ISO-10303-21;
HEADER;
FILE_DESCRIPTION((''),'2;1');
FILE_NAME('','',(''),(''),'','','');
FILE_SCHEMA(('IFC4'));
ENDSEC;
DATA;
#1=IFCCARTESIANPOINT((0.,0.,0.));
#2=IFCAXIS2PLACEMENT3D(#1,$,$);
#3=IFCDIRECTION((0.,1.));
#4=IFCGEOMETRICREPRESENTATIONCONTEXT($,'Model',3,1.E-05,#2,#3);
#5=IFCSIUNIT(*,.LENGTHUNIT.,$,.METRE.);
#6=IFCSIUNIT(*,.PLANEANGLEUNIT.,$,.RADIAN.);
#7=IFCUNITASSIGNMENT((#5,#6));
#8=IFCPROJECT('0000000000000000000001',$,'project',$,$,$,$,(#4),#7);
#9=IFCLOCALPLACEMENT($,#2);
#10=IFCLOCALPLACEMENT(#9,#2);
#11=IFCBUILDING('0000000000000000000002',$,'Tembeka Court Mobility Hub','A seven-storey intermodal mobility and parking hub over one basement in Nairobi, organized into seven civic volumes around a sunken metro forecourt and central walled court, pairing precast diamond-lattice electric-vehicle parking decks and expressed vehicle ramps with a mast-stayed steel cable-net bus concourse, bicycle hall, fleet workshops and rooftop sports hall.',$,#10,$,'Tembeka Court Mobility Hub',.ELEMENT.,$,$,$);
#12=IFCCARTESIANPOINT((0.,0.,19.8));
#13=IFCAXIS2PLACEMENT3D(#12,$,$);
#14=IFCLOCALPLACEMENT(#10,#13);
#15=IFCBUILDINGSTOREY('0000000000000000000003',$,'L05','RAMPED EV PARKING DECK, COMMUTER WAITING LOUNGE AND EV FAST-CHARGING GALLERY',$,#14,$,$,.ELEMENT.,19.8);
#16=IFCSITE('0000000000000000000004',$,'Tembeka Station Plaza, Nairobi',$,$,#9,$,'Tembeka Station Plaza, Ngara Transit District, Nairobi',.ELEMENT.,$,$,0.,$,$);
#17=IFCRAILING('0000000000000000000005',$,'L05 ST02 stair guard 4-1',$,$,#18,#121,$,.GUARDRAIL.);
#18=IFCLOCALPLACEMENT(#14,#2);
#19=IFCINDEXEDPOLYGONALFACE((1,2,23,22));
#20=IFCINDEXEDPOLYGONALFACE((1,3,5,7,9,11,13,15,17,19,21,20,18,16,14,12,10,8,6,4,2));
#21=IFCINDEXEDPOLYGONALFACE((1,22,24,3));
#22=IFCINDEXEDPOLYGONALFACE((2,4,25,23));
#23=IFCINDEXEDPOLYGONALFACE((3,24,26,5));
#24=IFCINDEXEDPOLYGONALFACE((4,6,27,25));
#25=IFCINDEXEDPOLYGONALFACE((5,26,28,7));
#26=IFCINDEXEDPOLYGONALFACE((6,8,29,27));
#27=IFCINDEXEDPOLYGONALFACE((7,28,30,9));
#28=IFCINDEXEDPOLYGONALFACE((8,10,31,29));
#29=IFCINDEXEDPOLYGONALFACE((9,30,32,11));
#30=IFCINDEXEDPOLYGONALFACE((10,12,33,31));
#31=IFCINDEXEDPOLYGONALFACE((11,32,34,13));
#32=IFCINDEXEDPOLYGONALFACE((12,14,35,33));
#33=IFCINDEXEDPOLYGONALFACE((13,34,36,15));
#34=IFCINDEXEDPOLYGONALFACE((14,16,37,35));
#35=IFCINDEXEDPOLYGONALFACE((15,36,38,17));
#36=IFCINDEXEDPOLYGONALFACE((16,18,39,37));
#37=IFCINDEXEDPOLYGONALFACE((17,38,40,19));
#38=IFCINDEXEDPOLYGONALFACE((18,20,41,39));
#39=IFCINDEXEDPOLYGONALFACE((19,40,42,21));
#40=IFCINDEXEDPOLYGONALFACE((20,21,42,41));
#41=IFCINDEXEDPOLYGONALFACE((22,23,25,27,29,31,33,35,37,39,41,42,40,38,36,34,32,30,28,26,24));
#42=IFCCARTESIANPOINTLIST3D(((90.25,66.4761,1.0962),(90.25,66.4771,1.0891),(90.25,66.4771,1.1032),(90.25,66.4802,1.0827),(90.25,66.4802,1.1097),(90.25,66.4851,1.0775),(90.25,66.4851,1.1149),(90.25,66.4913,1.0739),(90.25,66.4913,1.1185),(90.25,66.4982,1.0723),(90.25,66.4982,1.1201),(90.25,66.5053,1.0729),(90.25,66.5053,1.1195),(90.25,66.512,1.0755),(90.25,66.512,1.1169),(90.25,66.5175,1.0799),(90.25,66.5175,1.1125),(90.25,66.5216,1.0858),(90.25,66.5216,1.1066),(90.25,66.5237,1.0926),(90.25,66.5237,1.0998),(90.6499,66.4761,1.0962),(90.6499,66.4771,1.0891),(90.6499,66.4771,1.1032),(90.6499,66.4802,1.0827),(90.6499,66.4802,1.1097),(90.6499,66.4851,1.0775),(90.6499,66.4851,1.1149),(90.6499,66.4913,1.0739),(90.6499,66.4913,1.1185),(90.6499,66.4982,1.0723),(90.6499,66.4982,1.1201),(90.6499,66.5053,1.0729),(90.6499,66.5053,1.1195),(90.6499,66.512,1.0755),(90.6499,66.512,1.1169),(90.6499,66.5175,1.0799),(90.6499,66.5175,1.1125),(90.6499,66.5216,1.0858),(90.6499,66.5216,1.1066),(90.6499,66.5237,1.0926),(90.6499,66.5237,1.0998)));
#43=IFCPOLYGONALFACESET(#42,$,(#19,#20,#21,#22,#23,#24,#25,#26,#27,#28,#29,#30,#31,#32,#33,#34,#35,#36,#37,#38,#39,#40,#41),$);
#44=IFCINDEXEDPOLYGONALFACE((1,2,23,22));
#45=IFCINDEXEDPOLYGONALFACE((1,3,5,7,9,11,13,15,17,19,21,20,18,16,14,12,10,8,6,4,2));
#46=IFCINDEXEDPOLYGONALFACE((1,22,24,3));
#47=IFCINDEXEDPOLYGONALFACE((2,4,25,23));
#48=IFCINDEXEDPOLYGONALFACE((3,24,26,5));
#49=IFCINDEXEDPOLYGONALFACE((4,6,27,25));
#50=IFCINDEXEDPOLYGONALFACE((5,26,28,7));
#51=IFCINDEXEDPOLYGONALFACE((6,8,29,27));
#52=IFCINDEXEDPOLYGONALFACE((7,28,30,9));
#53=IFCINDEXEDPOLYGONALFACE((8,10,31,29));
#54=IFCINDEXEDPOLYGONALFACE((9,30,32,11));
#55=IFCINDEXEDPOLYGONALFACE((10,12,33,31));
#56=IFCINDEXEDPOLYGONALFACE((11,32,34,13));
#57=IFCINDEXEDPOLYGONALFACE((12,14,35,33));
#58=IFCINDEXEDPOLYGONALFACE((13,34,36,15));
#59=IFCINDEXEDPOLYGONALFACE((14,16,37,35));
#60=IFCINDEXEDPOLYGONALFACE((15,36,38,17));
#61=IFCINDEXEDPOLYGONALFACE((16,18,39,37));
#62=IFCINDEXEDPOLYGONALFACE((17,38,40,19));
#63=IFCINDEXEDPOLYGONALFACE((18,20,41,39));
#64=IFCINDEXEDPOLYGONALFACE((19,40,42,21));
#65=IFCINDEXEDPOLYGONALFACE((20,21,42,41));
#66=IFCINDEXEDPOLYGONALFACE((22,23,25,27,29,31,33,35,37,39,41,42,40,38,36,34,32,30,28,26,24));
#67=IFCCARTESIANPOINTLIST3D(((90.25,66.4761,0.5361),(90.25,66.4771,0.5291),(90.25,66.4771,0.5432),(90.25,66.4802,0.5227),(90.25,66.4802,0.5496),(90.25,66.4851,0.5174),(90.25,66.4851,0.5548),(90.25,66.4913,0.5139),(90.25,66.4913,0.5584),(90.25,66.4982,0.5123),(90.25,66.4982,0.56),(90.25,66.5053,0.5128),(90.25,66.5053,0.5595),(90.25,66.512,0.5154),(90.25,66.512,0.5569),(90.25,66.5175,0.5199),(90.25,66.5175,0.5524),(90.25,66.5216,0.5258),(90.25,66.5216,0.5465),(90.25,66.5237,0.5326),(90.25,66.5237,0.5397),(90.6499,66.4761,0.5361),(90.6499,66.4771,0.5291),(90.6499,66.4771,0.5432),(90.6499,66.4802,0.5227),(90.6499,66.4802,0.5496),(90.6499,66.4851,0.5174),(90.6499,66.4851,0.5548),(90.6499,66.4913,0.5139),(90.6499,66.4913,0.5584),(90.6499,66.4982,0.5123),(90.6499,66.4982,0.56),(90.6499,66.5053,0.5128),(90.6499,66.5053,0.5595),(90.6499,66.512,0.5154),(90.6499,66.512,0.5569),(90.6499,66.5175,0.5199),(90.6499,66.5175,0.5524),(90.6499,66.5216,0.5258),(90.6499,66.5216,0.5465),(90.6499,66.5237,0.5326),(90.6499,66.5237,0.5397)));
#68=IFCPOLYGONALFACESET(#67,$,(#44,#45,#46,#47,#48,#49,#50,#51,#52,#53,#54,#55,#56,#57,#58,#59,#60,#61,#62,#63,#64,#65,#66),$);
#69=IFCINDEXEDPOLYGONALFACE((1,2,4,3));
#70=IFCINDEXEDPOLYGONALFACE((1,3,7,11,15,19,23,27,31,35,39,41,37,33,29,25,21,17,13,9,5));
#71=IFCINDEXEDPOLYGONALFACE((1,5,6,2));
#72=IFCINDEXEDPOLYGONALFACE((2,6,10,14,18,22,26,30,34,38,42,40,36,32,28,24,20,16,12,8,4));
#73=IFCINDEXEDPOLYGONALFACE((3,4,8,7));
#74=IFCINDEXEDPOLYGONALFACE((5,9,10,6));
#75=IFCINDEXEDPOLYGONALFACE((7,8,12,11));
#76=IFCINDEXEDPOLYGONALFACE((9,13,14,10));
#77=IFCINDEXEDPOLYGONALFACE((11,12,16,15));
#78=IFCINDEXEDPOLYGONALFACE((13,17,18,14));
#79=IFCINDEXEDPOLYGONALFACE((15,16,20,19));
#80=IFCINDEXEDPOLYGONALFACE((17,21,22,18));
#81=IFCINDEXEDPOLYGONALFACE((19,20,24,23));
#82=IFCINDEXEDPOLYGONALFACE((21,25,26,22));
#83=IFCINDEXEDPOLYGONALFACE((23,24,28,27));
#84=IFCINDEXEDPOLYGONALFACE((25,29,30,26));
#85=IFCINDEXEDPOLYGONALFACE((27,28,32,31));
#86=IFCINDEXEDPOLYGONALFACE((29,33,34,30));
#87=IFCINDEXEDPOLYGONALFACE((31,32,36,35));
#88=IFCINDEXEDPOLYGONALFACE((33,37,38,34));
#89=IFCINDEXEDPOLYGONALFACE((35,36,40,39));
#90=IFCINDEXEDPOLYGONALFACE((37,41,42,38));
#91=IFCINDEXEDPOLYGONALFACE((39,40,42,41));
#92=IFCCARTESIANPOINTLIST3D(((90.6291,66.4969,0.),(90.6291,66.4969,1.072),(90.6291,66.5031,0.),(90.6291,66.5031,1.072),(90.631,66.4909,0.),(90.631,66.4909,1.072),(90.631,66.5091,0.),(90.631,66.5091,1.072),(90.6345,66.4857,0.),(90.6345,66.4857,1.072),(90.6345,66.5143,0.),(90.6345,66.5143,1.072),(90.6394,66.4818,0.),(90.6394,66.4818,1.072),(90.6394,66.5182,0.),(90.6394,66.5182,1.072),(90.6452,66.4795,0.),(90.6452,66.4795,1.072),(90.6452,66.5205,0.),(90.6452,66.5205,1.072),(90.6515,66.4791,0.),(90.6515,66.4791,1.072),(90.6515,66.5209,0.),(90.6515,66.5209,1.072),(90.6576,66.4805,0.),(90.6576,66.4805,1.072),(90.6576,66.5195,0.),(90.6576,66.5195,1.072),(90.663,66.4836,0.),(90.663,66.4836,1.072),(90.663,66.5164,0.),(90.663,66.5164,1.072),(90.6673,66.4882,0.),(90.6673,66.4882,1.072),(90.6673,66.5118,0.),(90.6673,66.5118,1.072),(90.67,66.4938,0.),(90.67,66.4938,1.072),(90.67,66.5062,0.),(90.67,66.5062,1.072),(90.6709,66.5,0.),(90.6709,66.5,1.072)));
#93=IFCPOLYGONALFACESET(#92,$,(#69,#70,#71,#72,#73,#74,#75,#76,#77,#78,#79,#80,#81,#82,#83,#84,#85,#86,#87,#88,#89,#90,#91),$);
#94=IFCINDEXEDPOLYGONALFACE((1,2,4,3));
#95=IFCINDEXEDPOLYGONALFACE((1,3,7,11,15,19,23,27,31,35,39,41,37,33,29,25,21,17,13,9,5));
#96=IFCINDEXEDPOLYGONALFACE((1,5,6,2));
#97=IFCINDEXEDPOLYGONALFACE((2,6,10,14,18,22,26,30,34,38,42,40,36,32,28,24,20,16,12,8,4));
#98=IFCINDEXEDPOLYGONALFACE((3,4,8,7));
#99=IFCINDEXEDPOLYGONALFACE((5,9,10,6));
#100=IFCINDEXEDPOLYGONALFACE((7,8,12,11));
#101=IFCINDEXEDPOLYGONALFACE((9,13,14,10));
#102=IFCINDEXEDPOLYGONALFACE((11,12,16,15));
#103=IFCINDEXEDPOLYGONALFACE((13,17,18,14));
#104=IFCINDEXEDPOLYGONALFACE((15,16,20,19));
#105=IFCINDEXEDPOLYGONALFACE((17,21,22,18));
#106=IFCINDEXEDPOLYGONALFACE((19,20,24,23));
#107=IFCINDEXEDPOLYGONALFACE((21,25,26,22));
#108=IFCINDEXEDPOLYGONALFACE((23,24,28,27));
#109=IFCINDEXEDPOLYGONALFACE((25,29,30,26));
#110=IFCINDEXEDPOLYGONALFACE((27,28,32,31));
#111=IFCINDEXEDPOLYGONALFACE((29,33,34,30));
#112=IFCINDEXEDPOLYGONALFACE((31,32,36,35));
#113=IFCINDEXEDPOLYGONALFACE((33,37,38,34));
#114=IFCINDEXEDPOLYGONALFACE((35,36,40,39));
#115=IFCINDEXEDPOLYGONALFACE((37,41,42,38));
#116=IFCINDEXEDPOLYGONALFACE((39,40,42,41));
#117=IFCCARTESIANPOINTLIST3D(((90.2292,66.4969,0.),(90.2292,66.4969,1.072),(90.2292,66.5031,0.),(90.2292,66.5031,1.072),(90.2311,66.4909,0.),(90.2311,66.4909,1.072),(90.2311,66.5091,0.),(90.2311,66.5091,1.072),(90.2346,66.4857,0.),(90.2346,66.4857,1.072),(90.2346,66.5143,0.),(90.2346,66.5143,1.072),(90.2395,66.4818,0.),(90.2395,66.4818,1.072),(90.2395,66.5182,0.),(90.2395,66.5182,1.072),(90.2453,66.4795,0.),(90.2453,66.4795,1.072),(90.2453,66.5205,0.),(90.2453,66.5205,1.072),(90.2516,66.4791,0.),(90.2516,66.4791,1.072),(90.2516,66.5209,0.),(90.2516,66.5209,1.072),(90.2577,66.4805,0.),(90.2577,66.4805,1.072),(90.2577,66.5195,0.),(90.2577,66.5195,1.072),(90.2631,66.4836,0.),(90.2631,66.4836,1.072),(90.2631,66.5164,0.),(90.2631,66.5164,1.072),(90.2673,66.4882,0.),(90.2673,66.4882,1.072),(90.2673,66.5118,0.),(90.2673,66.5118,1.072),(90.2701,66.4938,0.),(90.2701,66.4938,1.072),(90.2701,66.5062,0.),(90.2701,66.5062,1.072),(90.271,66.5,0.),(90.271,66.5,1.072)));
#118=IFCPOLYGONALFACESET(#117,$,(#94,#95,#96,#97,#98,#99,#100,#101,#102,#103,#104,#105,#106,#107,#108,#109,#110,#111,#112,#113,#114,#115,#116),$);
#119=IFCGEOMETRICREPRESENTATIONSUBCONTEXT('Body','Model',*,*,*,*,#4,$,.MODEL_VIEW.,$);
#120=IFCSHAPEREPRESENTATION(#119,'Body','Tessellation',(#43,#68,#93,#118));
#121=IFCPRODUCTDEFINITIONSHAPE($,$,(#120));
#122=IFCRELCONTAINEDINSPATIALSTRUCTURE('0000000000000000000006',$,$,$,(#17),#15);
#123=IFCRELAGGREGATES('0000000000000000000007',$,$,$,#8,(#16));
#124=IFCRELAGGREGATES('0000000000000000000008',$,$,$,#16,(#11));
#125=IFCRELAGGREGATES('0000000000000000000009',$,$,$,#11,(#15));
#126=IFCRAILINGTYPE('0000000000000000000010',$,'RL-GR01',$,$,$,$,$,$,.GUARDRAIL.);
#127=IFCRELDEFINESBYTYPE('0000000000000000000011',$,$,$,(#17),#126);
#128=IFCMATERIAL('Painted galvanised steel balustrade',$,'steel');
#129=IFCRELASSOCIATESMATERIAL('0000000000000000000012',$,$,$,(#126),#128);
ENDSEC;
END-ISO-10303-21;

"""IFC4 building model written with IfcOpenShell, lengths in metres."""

from ifc_helpers import new_model, si_unit, direction, frame, origin, origin_2d, place, context, subcontext, project, spatial, circle, extrude, material, type_object, element, save


model = new_model("IFC4")

# Units and contexts
model_context = context("Model", 3, precision=1e-05, world=origin(), true_north=direction((0.0, 1.0)))
body_context = subcontext(model_context, "Body", "Model", "MODEL_VIEW")
ifc_project = project(units=[si_unit("LENGTHUNIT", "METRE"), si_unit("PLANEANGLEUNIT", "RADIAN")], contexts=[model_context])

# Site, building, storey
site_placement = place(None, origin())
site = spatial("IfcSite", under=ifc_project, at=site_placement, Name="Tembeka Station Plaza, Nairobi", LongName="Tembeka Station Plaza, Ngara Transit District, Nairobi", CompositionType="ELEMENT", RefElevation=0.0)
building_placement = place(site_placement, origin())
building = spatial("IfcBuilding", under=site, at=building_placement, Name="Tembeka Court Mobility Hub", Description="A seven-storey intermodal mobility and parking hub over one basement in Nairobi, organized into seven civic volumes around a sunken metro forecourt and central walled court, pairing precast diamond-lattice electric-vehicle parking decks and expressed vehicle ramps with a mast-stayed steel cable-net bus concourse, bicycle hall, fleet workshops and rooftop sports hall.", LongName="Tembeka Court Mobility Hub", CompositionType="ELEMENT")
storey_placement = place(building_placement, frame((0.0, 0.0, 19.8)))
storey = spatial("IfcBuildingStorey", under=building, at=storey_placement, Name="L05", Description="RAMPED EV PARKING DECK, COMMUTER WAITING LOUNGE AND EV FAST-CHARGING GALLERY", CompositionType="ELEMENT", Elevation=19.8)

# Railing
ifc_material_1 = material(Name="Painted galvanised steel balustrade", Category="steel")
railing_type_1 = type_object("IfcRailingType", Name="RL-GR01", PredefinedType="GUARDRAIL", material=ifc_material_1)
railing_1_placement = place(storey_placement, frame((90.6499, 66.5, 0.0)))
element("IfcRailing", 1, at=railing_1_placement, inside=storey, type_object=railing_type_1, Name="L05 ST02 stair guard 4-1", PredefinedType="GUARDRAIL", context=body_context, shape_type="SweptSolid", body=[
    extrude(circle(Radius=0.0239, at=origin_2d()), frame((0.0, 0.0, 1.0962), z_axis=(-1.0, 0.0, 0.0), x_axis=(0.0, -1.0, 0.0)), (0.0, 0.0, 1.0), 0.3999),
    extrude(circle(Radius=0.0239, at=origin_2d()), frame((0.0, 0.0, 0.5361), z_axis=(-1.0, 0.0, 0.0), x_axis=(0.0, -1.0, 0.0)), (0.0, 0.0, 1.0), 0.3999),
    extrude(circle(Radius=0.021, at=origin_2d()), origin(), (0.0, 0.0, 1.0), 1.072),
    extrude(circle(Radius=0.021, at=origin_2d()), frame((-0.3999, 0.0, 0.0)), (0.0, 0.0, 1.0), 1.072),
])

save(model, "model.ifc")
